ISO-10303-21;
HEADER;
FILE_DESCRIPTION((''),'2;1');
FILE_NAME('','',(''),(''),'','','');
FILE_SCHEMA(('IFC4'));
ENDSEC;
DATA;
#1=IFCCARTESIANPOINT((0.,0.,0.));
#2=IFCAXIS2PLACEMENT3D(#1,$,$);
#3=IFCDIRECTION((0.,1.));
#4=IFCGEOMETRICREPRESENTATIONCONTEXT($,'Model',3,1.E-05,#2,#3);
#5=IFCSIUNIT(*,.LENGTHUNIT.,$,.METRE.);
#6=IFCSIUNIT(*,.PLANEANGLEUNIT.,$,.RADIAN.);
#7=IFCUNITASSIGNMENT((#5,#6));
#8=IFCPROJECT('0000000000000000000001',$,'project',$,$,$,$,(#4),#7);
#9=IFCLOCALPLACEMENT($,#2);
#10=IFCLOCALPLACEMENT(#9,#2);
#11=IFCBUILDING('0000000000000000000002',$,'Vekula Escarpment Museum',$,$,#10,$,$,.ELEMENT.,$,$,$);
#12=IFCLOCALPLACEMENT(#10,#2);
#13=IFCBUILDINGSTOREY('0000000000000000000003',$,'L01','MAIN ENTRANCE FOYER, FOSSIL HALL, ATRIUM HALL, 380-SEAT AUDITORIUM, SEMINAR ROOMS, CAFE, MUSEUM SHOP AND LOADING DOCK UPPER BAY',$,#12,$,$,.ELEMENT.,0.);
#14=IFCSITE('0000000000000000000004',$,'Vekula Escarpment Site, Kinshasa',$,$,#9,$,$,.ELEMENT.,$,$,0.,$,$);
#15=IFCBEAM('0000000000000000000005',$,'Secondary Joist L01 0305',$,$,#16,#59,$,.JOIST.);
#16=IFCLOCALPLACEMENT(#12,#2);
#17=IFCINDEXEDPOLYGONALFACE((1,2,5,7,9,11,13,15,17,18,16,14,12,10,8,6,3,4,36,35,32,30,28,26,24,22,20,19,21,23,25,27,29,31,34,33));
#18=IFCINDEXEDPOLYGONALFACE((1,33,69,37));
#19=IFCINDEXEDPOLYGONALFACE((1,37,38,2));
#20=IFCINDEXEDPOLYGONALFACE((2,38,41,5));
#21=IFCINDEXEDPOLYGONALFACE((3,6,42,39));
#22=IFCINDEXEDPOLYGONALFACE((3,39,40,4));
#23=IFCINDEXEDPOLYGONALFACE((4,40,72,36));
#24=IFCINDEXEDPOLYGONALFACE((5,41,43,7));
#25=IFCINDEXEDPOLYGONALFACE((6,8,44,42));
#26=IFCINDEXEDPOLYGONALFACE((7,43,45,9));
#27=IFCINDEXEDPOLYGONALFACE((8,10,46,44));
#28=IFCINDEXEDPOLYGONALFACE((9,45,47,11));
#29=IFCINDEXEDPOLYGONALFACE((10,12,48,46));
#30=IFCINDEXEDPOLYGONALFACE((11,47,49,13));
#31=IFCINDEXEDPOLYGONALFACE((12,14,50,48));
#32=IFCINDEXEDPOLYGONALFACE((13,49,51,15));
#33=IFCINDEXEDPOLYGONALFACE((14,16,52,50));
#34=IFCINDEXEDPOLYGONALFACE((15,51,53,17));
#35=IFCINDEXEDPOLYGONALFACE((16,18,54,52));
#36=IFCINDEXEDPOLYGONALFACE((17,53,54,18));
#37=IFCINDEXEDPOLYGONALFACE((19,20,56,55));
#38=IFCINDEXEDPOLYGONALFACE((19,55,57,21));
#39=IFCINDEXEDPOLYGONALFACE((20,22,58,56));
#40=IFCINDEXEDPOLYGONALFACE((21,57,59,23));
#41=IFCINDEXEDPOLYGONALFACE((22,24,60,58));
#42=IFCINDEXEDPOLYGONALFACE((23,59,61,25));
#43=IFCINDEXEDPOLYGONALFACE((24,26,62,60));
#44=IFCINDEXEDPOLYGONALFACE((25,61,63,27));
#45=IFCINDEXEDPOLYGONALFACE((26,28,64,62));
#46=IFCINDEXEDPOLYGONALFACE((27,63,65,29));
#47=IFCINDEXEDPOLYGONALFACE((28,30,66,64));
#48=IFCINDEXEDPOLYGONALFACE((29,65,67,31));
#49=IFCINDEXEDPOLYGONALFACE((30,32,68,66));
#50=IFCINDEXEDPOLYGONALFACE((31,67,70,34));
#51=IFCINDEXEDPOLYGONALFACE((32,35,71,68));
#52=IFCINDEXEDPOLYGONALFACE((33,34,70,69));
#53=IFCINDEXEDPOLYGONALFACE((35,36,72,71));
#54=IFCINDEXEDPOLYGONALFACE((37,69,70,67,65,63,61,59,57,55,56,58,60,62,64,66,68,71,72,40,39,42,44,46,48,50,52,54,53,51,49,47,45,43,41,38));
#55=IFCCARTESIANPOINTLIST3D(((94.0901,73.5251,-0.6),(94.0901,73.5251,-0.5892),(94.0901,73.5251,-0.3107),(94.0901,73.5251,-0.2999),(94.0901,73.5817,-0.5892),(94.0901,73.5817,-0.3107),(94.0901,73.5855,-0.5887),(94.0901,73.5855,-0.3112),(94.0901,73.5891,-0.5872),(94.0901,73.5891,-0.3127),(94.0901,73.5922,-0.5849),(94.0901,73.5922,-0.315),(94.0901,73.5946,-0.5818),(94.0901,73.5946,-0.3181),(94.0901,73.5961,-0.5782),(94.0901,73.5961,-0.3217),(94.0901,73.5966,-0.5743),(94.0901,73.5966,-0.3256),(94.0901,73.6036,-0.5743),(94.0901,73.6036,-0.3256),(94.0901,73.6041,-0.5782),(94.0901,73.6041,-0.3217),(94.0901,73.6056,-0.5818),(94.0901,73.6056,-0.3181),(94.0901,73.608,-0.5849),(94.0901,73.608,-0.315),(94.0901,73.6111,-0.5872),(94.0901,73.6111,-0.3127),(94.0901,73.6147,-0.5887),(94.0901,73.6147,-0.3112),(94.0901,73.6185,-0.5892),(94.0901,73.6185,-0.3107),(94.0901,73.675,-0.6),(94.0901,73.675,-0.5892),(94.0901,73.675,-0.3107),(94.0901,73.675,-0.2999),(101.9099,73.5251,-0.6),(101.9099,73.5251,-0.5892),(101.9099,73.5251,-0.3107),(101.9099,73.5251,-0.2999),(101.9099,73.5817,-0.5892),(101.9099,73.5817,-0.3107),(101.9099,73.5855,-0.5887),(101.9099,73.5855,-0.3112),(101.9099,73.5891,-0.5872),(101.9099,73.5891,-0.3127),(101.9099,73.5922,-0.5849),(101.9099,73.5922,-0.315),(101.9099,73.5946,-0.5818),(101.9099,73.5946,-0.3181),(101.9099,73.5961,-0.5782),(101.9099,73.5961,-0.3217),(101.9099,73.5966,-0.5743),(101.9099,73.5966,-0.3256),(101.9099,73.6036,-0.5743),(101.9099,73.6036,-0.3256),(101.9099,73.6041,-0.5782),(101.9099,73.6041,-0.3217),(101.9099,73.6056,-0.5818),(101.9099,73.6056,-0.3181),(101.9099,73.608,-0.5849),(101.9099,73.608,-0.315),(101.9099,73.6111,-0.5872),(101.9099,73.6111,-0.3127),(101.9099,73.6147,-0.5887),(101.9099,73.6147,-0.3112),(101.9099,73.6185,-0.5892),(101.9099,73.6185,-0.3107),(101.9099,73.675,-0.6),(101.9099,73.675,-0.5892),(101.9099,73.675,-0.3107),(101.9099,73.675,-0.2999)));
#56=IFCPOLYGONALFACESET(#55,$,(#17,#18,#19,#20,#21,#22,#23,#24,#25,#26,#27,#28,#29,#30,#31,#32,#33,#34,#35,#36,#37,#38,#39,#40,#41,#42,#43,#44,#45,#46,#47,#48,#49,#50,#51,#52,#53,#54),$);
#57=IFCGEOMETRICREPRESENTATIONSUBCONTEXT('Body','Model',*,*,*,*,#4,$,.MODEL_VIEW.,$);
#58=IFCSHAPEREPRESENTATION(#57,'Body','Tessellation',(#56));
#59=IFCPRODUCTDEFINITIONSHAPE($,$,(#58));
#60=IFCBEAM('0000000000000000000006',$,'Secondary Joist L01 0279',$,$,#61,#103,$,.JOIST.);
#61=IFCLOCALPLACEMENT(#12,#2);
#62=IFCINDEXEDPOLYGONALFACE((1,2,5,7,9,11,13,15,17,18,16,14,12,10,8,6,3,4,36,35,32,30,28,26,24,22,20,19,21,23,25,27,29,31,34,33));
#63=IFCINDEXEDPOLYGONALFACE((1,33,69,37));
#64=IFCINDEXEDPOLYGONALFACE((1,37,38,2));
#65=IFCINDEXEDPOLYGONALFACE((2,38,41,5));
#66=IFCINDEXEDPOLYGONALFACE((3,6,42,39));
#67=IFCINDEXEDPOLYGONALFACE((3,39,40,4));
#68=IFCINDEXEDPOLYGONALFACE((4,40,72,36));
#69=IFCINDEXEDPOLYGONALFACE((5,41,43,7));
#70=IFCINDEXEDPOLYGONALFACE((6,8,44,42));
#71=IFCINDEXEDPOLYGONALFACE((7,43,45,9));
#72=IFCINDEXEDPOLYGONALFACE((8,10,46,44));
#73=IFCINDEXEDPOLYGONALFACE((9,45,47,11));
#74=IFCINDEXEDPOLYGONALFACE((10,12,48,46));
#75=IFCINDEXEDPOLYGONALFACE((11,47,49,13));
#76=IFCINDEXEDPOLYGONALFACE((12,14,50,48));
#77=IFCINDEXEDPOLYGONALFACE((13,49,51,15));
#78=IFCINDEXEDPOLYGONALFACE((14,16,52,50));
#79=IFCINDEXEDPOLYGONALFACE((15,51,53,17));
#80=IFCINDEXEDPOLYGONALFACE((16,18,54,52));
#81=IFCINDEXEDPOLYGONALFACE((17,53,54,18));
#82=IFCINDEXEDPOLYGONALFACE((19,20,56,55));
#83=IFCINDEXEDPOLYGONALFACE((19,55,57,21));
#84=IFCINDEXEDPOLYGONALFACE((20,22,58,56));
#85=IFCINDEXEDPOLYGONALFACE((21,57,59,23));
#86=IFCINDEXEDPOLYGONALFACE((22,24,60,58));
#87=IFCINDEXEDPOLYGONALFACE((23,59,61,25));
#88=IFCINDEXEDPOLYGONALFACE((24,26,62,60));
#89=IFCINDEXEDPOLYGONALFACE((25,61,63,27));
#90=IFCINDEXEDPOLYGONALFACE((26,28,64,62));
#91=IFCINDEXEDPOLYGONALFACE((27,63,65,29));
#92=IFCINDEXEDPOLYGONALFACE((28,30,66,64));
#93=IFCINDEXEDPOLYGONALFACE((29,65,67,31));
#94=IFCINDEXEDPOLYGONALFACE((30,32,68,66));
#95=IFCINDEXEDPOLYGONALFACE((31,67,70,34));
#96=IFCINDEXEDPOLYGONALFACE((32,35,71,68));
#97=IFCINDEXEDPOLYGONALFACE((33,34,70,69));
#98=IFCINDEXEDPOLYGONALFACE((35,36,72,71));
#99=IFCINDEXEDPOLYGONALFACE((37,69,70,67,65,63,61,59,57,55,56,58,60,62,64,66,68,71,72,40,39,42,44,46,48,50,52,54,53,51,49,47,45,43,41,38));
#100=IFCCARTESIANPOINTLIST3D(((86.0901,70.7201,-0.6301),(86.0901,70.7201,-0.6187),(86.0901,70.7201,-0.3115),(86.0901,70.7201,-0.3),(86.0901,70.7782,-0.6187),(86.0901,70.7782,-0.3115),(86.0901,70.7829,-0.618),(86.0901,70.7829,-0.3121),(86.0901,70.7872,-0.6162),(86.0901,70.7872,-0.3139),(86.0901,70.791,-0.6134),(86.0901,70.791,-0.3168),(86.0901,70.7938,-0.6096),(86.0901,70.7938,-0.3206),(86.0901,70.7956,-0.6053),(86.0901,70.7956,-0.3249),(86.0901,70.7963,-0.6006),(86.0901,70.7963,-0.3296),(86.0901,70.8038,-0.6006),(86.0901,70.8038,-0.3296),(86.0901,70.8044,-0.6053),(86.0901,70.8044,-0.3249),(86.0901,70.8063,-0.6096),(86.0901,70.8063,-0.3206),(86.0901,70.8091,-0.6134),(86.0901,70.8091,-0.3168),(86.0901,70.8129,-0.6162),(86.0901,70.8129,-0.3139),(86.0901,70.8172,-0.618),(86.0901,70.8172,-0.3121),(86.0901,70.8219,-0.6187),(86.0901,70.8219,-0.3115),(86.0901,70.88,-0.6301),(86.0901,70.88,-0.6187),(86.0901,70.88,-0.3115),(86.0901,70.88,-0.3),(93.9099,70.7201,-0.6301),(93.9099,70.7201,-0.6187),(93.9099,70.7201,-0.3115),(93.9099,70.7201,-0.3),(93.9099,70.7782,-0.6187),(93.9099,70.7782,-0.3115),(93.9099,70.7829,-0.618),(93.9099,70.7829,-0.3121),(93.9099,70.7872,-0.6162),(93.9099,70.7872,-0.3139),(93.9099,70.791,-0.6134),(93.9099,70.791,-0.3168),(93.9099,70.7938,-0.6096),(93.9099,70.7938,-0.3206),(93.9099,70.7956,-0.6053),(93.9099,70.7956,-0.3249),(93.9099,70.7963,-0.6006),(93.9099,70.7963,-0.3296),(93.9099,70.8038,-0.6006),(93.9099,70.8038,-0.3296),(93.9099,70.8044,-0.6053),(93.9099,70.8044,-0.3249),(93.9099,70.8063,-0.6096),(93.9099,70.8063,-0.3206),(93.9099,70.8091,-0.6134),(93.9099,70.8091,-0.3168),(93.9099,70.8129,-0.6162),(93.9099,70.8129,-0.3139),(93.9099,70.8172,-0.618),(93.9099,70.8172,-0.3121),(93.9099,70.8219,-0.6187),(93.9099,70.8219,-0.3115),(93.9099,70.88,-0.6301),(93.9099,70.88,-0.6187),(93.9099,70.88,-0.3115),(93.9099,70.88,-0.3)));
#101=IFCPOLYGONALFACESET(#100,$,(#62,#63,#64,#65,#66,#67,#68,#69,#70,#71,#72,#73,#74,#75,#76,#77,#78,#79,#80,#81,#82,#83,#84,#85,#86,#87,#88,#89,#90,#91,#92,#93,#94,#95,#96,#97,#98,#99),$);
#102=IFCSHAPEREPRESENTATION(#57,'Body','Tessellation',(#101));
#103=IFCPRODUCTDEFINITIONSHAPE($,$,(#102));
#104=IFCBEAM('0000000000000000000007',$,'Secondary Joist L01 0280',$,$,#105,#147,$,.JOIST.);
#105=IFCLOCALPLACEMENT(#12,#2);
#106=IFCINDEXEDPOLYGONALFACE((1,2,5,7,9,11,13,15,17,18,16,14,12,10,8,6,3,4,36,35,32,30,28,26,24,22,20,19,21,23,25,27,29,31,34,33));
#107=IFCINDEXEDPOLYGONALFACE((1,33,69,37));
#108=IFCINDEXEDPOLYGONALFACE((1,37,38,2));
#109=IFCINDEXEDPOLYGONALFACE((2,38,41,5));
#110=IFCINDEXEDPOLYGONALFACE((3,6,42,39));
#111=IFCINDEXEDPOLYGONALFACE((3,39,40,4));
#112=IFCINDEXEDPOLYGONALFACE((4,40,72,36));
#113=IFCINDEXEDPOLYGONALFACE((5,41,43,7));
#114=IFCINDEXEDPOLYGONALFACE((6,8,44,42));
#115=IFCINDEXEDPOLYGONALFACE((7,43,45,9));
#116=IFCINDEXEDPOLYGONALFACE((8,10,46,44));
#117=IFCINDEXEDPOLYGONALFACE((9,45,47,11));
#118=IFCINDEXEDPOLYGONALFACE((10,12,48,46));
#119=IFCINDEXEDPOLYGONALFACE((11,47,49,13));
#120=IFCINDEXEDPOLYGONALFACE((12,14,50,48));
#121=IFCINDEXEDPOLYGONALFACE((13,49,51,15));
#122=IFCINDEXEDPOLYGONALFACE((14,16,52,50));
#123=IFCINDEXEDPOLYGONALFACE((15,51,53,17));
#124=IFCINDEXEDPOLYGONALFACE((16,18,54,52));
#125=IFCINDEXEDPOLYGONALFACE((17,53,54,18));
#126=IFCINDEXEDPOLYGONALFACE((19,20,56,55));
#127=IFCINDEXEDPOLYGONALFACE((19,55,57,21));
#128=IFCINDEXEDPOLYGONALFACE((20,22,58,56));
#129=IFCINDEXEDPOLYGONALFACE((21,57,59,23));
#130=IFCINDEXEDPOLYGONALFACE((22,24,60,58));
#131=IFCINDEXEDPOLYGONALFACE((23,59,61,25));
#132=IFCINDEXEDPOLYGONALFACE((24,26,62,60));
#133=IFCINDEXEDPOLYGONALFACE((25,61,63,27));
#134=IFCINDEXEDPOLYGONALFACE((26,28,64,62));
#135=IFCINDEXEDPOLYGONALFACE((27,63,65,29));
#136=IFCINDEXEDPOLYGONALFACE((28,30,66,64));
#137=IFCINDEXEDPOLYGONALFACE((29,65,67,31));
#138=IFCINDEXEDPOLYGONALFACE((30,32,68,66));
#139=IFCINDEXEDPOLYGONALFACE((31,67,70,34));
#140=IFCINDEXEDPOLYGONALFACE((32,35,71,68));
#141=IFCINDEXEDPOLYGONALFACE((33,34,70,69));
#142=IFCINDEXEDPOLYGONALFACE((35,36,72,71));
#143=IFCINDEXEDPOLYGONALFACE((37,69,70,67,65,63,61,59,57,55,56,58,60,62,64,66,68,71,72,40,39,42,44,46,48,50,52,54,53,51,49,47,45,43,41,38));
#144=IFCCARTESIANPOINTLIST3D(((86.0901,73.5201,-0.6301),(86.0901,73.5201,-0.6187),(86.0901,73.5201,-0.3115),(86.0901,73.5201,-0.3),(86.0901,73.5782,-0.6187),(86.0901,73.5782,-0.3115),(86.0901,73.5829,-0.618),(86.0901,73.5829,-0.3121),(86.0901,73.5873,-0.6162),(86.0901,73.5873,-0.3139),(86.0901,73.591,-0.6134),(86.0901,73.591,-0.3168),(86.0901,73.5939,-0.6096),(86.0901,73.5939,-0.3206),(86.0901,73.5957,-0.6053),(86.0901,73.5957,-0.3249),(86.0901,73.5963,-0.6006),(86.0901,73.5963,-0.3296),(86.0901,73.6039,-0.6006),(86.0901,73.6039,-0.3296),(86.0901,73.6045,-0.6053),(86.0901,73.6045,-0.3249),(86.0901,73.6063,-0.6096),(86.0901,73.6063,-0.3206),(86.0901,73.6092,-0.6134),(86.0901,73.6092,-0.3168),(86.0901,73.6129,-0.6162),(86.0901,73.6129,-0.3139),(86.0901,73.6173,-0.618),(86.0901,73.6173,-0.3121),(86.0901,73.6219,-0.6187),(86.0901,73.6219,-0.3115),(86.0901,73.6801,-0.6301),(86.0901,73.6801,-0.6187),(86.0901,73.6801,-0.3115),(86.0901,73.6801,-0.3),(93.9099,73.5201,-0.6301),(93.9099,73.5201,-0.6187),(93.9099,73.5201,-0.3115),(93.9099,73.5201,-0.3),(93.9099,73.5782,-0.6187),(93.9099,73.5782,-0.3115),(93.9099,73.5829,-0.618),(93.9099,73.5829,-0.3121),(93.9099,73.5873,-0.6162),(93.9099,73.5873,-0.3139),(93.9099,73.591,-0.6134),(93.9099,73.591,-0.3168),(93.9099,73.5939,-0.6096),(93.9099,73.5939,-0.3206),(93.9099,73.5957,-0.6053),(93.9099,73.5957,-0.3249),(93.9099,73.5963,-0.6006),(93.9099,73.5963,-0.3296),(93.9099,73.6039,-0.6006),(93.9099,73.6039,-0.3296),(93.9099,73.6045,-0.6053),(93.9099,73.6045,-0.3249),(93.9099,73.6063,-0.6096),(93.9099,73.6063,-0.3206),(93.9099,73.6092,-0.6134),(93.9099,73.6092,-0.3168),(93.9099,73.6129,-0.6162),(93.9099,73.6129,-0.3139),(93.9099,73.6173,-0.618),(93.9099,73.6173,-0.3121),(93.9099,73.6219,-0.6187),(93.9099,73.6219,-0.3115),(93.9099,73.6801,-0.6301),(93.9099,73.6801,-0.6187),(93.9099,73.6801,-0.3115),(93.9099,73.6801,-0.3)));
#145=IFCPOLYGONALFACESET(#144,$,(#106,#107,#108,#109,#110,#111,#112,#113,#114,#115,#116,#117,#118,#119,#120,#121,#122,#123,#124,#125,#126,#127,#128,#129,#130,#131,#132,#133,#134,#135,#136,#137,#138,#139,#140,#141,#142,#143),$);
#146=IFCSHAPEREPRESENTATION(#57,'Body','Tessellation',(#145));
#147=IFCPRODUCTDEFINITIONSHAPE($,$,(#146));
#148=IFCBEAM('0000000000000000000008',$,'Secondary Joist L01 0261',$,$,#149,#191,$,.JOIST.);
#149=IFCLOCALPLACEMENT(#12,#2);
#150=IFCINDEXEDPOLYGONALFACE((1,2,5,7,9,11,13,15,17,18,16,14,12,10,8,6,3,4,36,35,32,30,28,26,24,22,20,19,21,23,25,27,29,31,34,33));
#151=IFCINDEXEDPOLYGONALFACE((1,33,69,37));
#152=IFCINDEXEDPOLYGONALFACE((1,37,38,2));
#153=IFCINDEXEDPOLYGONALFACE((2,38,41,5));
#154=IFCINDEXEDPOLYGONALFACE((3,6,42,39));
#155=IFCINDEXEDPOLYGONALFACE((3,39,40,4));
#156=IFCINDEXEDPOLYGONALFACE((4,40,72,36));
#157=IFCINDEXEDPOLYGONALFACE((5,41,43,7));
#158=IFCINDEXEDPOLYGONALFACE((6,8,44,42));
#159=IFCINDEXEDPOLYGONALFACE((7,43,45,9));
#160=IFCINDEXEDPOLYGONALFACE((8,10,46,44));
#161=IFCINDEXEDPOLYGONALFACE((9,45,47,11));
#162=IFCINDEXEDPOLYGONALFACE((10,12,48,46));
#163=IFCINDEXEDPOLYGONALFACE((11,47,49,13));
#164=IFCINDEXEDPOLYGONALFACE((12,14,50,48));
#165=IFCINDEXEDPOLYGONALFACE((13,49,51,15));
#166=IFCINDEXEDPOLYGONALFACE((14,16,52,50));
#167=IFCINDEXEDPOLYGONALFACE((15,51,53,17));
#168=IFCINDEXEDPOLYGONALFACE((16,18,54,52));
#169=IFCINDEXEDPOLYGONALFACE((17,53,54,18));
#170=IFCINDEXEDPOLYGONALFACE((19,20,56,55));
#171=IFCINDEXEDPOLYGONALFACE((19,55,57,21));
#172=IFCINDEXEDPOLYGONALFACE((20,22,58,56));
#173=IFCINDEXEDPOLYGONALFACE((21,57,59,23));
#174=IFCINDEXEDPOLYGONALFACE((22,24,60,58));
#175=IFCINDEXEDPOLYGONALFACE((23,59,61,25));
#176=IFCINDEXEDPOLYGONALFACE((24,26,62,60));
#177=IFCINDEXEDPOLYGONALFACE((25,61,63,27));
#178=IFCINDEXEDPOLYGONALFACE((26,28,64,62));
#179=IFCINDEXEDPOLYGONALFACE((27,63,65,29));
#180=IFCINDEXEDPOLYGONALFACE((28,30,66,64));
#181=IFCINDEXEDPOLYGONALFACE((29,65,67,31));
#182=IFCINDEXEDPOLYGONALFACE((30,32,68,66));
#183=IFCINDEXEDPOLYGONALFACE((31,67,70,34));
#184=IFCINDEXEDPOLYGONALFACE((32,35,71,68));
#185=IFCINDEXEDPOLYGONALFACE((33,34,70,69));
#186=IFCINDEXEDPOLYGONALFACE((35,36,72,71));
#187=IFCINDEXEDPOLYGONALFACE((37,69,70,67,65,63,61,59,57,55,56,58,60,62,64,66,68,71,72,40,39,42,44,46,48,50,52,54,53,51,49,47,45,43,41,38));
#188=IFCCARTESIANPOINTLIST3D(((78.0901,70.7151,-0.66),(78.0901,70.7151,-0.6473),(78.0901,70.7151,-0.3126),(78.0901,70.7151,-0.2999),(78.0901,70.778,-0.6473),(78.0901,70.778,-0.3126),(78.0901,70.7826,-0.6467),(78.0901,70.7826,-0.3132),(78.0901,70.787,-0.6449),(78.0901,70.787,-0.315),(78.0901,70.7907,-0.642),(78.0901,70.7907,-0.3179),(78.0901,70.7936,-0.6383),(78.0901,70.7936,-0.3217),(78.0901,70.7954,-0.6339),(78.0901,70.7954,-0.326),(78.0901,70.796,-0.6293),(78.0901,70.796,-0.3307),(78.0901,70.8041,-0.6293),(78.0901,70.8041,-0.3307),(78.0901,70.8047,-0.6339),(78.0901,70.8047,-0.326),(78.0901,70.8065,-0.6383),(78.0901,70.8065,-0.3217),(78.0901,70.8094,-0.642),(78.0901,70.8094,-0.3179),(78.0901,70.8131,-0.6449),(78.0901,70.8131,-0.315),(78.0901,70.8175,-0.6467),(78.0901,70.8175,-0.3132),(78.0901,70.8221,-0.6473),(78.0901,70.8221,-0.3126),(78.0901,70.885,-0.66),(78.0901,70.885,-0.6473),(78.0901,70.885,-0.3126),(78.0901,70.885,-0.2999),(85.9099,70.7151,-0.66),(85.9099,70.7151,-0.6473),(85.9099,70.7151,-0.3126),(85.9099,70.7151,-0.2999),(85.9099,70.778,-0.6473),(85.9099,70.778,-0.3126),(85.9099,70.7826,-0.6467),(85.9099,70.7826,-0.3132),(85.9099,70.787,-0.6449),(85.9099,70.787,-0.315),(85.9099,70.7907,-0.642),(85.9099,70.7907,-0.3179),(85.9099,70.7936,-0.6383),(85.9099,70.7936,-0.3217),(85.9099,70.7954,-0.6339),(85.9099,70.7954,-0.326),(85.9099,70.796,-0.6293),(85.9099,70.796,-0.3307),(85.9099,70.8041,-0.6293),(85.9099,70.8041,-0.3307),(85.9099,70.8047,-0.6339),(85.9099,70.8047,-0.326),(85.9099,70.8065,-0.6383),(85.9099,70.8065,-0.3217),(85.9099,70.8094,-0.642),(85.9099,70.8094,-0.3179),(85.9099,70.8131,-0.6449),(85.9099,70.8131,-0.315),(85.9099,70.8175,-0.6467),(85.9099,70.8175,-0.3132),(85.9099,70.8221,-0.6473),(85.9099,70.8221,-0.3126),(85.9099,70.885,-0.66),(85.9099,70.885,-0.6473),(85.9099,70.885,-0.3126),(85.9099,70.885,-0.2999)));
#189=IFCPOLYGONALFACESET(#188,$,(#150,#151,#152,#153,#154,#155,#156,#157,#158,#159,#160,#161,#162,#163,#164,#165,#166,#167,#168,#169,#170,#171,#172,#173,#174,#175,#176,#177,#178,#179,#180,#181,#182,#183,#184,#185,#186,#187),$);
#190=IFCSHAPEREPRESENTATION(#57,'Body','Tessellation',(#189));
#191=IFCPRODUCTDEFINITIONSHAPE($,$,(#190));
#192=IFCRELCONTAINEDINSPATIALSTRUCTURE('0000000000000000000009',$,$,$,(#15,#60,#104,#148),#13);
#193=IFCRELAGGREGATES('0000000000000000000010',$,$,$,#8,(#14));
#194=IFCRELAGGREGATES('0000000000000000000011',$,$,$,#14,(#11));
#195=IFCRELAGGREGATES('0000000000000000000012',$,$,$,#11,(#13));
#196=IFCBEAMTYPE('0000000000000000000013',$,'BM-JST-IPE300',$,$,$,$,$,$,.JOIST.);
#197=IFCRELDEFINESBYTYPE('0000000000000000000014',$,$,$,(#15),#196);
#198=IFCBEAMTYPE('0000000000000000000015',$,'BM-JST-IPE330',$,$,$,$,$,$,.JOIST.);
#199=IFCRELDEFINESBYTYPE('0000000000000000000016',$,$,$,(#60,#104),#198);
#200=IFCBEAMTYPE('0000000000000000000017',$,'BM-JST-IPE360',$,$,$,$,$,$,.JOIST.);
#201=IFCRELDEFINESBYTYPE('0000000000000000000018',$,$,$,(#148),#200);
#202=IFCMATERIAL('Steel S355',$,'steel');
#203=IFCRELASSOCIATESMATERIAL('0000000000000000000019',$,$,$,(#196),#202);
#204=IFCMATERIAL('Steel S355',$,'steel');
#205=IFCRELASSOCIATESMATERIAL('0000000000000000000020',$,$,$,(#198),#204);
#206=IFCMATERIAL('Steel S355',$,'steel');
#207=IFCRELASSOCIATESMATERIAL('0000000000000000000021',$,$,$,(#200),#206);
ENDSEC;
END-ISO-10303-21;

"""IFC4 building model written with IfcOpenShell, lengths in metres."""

from ifc_helpers import new_model, si_unit, direction, frame, origin, origin_2d, place, context, subcontext, project, spatial, i_section, extrude, material, material_profile, profile_set, type_object, element, save


model = new_model("IFC4")

# Units and contexts
model_context = context("Model", 3, precision=1e-05, world=origin(), true_north=direction((0.0, 1.0)))
body_context = subcontext(model_context, "Body", "Model", "MODEL_VIEW")
ifc_project = project(units=[si_unit("LENGTHUNIT", "METRE"), si_unit("PLANEANGLEUNIT", "RADIAN")], contexts=[model_context])

# Site, building, storey
site_placement = place(None, origin())
site = spatial("IfcSite", under=ifc_project, at=site_placement, Name="Vekula Escarpment Site, Kinshasa", CompositionType="ELEMENT", RefElevation=0.0)
building_placement = place(site_placement, origin())
building = spatial("IfcBuilding", under=site, at=building_placement, Name="Vekula Escarpment Museum", CompositionType="ELEMENT")
storey_placement = place(building_placement, origin())
storey = spatial("IfcBuildingStorey", under=building, at=storey_placement, Name="L01", Description="MAIN ENTRANCE FOYER, FOSSIL HALL, ATRIUM HALL, 380-SEAT AUDITORIUM, SEMINAR ROOMS, CAFE, MUSEUM SHOP AND LOADING DOCK UPPER BAY", CompositionType="ELEMENT", Elevation=0.0)

# Beams
ifc_material_1 = material(Name="Steel S355", Category="steel")
ifc_material_profile_1 = material_profile(ifc_material_1, i_section(OverallWidth=0.1499, OverallDepth=0.3, WebThickness=0.0071, FlangeThickness=0.0107, FilletRadius=0.0149, at=origin_2d()), Name="IPE 300")
ifc_profile_set_1 = profile_set([ifc_material_profile_1], Name="Steel S355")
beam_type_1 = type_object("IfcBeamType", Name="BM-JST-IPE300", PredefinedType="JOIST", material=ifc_profile_set_1)
for number, where, z_axis, x_axis, name in (
    (1, (94.0901, 73.6001, -0.45), (1.0, 0.0, 0.0), (0.0, 1.0, 0.0), "Secondary Joist L01 0305"),
):
    element("IfcBeam", number, at=place(storey_placement, frame(where, z_axis=z_axis, x_axis=x_axis)), inside=storey, type_object=beam_type_1, Name=name, PredefinedType="JOIST", context=body_context, shape_type="SweptSolid", body=[
        extrude(i_section(OverallWidth=0.1499, OverallDepth=0.3, WebThickness=0.0071, FlangeThickness=0.0107, FilletRadius=0.0149, at=origin_2d()), origin(), (0.0, 0.0, 1.0), 7.8198),
    ])
ifc_material_2 = material(Name="Steel S355", Category="steel")
ifc_material_profile_2 = material_profile(ifc_material_2, i_section(OverallWidth=0.1599, OverallDepth=0.3301, WebThickness=0.0076, FlangeThickness=0.0115, FilletRadius=0.0181, at=origin_2d()), Name="IPE 330")
ifc_profile_set_2 = profile_set([ifc_material_profile_2], Name="Steel S355")
beam_type_2 = type_object("IfcBeamType", Name="BM-JST-IPE330", PredefinedType="JOIST", material=ifc_profile_set_2)
for number, where, z_axis, x_axis, name in (
    (2, (86.0901, 70.8, -0.4651), (1.0, 0.0, 0.0), (0.0, 1.0, 0.0), "Secondary Joist L01 0279"),
    (3, (86.0901, 73.6001, -0.4651), (1.0, 0.0, 0.0), (0.0, 1.0, 0.0), "Secondary Joist L01 0280"),
):
    element("IfcBeam", number, at=place(storey_placement, frame(where, z_axis=z_axis, x_axis=x_axis)), inside=storey, type_object=beam_type_2, Name=name, PredefinedType="JOIST", context=body_context, shape_type="SweptSolid", body=[
        extrude(i_section(OverallWidth=0.1599, OverallDepth=0.3301, WebThickness=0.0076, FlangeThickness=0.0115, FilletRadius=0.0181, at=origin_2d()), origin(), (0.0, 0.0, 1.0), 7.8198),
    ])
ifc_material_3 = material(Name="Steel S355", Category="steel")
ifc_material_profile_3 = material_profile(ifc_material_3, i_section(OverallWidth=0.1699, OverallDepth=0.3601, WebThickness=0.0081, FlangeThickness=0.0127, FilletRadius=0.0181, at=origin_2d()), Name="IPE 360")
ifc_profile_set_3 = profile_set([ifc_material_profile_3], Name="Steel S355")
beam_type_3 = type_object("IfcBeamType", Name="BM-JST-IPE360", PredefinedType="JOIST", material=ifc_profile_set_3)
for number, where, z_axis, x_axis, name in (
    (4, (78.0901, 70.8, -0.48), (1.0, 0.0, 0.0), (0.0, 1.0, 0.0), "Secondary Joist L01 0261"),
):
    element("IfcBeam", number, at=place(storey_placement, frame(where, z_axis=z_axis, x_axis=x_axis)), inside=storey, type_object=beam_type_3, Name=name, PredefinedType="JOIST", context=body_context, shape_type="SweptSolid", body=[
        extrude(i_section(OverallWidth=0.1699, OverallDepth=0.3601, WebThickness=0.0081, FlangeThickness=0.0127, FilletRadius=0.0181, at=origin_2d()), origin(), (0.0, 0.0, 1.0), 7.8198),
    ])

save(model, "model.ifc")
